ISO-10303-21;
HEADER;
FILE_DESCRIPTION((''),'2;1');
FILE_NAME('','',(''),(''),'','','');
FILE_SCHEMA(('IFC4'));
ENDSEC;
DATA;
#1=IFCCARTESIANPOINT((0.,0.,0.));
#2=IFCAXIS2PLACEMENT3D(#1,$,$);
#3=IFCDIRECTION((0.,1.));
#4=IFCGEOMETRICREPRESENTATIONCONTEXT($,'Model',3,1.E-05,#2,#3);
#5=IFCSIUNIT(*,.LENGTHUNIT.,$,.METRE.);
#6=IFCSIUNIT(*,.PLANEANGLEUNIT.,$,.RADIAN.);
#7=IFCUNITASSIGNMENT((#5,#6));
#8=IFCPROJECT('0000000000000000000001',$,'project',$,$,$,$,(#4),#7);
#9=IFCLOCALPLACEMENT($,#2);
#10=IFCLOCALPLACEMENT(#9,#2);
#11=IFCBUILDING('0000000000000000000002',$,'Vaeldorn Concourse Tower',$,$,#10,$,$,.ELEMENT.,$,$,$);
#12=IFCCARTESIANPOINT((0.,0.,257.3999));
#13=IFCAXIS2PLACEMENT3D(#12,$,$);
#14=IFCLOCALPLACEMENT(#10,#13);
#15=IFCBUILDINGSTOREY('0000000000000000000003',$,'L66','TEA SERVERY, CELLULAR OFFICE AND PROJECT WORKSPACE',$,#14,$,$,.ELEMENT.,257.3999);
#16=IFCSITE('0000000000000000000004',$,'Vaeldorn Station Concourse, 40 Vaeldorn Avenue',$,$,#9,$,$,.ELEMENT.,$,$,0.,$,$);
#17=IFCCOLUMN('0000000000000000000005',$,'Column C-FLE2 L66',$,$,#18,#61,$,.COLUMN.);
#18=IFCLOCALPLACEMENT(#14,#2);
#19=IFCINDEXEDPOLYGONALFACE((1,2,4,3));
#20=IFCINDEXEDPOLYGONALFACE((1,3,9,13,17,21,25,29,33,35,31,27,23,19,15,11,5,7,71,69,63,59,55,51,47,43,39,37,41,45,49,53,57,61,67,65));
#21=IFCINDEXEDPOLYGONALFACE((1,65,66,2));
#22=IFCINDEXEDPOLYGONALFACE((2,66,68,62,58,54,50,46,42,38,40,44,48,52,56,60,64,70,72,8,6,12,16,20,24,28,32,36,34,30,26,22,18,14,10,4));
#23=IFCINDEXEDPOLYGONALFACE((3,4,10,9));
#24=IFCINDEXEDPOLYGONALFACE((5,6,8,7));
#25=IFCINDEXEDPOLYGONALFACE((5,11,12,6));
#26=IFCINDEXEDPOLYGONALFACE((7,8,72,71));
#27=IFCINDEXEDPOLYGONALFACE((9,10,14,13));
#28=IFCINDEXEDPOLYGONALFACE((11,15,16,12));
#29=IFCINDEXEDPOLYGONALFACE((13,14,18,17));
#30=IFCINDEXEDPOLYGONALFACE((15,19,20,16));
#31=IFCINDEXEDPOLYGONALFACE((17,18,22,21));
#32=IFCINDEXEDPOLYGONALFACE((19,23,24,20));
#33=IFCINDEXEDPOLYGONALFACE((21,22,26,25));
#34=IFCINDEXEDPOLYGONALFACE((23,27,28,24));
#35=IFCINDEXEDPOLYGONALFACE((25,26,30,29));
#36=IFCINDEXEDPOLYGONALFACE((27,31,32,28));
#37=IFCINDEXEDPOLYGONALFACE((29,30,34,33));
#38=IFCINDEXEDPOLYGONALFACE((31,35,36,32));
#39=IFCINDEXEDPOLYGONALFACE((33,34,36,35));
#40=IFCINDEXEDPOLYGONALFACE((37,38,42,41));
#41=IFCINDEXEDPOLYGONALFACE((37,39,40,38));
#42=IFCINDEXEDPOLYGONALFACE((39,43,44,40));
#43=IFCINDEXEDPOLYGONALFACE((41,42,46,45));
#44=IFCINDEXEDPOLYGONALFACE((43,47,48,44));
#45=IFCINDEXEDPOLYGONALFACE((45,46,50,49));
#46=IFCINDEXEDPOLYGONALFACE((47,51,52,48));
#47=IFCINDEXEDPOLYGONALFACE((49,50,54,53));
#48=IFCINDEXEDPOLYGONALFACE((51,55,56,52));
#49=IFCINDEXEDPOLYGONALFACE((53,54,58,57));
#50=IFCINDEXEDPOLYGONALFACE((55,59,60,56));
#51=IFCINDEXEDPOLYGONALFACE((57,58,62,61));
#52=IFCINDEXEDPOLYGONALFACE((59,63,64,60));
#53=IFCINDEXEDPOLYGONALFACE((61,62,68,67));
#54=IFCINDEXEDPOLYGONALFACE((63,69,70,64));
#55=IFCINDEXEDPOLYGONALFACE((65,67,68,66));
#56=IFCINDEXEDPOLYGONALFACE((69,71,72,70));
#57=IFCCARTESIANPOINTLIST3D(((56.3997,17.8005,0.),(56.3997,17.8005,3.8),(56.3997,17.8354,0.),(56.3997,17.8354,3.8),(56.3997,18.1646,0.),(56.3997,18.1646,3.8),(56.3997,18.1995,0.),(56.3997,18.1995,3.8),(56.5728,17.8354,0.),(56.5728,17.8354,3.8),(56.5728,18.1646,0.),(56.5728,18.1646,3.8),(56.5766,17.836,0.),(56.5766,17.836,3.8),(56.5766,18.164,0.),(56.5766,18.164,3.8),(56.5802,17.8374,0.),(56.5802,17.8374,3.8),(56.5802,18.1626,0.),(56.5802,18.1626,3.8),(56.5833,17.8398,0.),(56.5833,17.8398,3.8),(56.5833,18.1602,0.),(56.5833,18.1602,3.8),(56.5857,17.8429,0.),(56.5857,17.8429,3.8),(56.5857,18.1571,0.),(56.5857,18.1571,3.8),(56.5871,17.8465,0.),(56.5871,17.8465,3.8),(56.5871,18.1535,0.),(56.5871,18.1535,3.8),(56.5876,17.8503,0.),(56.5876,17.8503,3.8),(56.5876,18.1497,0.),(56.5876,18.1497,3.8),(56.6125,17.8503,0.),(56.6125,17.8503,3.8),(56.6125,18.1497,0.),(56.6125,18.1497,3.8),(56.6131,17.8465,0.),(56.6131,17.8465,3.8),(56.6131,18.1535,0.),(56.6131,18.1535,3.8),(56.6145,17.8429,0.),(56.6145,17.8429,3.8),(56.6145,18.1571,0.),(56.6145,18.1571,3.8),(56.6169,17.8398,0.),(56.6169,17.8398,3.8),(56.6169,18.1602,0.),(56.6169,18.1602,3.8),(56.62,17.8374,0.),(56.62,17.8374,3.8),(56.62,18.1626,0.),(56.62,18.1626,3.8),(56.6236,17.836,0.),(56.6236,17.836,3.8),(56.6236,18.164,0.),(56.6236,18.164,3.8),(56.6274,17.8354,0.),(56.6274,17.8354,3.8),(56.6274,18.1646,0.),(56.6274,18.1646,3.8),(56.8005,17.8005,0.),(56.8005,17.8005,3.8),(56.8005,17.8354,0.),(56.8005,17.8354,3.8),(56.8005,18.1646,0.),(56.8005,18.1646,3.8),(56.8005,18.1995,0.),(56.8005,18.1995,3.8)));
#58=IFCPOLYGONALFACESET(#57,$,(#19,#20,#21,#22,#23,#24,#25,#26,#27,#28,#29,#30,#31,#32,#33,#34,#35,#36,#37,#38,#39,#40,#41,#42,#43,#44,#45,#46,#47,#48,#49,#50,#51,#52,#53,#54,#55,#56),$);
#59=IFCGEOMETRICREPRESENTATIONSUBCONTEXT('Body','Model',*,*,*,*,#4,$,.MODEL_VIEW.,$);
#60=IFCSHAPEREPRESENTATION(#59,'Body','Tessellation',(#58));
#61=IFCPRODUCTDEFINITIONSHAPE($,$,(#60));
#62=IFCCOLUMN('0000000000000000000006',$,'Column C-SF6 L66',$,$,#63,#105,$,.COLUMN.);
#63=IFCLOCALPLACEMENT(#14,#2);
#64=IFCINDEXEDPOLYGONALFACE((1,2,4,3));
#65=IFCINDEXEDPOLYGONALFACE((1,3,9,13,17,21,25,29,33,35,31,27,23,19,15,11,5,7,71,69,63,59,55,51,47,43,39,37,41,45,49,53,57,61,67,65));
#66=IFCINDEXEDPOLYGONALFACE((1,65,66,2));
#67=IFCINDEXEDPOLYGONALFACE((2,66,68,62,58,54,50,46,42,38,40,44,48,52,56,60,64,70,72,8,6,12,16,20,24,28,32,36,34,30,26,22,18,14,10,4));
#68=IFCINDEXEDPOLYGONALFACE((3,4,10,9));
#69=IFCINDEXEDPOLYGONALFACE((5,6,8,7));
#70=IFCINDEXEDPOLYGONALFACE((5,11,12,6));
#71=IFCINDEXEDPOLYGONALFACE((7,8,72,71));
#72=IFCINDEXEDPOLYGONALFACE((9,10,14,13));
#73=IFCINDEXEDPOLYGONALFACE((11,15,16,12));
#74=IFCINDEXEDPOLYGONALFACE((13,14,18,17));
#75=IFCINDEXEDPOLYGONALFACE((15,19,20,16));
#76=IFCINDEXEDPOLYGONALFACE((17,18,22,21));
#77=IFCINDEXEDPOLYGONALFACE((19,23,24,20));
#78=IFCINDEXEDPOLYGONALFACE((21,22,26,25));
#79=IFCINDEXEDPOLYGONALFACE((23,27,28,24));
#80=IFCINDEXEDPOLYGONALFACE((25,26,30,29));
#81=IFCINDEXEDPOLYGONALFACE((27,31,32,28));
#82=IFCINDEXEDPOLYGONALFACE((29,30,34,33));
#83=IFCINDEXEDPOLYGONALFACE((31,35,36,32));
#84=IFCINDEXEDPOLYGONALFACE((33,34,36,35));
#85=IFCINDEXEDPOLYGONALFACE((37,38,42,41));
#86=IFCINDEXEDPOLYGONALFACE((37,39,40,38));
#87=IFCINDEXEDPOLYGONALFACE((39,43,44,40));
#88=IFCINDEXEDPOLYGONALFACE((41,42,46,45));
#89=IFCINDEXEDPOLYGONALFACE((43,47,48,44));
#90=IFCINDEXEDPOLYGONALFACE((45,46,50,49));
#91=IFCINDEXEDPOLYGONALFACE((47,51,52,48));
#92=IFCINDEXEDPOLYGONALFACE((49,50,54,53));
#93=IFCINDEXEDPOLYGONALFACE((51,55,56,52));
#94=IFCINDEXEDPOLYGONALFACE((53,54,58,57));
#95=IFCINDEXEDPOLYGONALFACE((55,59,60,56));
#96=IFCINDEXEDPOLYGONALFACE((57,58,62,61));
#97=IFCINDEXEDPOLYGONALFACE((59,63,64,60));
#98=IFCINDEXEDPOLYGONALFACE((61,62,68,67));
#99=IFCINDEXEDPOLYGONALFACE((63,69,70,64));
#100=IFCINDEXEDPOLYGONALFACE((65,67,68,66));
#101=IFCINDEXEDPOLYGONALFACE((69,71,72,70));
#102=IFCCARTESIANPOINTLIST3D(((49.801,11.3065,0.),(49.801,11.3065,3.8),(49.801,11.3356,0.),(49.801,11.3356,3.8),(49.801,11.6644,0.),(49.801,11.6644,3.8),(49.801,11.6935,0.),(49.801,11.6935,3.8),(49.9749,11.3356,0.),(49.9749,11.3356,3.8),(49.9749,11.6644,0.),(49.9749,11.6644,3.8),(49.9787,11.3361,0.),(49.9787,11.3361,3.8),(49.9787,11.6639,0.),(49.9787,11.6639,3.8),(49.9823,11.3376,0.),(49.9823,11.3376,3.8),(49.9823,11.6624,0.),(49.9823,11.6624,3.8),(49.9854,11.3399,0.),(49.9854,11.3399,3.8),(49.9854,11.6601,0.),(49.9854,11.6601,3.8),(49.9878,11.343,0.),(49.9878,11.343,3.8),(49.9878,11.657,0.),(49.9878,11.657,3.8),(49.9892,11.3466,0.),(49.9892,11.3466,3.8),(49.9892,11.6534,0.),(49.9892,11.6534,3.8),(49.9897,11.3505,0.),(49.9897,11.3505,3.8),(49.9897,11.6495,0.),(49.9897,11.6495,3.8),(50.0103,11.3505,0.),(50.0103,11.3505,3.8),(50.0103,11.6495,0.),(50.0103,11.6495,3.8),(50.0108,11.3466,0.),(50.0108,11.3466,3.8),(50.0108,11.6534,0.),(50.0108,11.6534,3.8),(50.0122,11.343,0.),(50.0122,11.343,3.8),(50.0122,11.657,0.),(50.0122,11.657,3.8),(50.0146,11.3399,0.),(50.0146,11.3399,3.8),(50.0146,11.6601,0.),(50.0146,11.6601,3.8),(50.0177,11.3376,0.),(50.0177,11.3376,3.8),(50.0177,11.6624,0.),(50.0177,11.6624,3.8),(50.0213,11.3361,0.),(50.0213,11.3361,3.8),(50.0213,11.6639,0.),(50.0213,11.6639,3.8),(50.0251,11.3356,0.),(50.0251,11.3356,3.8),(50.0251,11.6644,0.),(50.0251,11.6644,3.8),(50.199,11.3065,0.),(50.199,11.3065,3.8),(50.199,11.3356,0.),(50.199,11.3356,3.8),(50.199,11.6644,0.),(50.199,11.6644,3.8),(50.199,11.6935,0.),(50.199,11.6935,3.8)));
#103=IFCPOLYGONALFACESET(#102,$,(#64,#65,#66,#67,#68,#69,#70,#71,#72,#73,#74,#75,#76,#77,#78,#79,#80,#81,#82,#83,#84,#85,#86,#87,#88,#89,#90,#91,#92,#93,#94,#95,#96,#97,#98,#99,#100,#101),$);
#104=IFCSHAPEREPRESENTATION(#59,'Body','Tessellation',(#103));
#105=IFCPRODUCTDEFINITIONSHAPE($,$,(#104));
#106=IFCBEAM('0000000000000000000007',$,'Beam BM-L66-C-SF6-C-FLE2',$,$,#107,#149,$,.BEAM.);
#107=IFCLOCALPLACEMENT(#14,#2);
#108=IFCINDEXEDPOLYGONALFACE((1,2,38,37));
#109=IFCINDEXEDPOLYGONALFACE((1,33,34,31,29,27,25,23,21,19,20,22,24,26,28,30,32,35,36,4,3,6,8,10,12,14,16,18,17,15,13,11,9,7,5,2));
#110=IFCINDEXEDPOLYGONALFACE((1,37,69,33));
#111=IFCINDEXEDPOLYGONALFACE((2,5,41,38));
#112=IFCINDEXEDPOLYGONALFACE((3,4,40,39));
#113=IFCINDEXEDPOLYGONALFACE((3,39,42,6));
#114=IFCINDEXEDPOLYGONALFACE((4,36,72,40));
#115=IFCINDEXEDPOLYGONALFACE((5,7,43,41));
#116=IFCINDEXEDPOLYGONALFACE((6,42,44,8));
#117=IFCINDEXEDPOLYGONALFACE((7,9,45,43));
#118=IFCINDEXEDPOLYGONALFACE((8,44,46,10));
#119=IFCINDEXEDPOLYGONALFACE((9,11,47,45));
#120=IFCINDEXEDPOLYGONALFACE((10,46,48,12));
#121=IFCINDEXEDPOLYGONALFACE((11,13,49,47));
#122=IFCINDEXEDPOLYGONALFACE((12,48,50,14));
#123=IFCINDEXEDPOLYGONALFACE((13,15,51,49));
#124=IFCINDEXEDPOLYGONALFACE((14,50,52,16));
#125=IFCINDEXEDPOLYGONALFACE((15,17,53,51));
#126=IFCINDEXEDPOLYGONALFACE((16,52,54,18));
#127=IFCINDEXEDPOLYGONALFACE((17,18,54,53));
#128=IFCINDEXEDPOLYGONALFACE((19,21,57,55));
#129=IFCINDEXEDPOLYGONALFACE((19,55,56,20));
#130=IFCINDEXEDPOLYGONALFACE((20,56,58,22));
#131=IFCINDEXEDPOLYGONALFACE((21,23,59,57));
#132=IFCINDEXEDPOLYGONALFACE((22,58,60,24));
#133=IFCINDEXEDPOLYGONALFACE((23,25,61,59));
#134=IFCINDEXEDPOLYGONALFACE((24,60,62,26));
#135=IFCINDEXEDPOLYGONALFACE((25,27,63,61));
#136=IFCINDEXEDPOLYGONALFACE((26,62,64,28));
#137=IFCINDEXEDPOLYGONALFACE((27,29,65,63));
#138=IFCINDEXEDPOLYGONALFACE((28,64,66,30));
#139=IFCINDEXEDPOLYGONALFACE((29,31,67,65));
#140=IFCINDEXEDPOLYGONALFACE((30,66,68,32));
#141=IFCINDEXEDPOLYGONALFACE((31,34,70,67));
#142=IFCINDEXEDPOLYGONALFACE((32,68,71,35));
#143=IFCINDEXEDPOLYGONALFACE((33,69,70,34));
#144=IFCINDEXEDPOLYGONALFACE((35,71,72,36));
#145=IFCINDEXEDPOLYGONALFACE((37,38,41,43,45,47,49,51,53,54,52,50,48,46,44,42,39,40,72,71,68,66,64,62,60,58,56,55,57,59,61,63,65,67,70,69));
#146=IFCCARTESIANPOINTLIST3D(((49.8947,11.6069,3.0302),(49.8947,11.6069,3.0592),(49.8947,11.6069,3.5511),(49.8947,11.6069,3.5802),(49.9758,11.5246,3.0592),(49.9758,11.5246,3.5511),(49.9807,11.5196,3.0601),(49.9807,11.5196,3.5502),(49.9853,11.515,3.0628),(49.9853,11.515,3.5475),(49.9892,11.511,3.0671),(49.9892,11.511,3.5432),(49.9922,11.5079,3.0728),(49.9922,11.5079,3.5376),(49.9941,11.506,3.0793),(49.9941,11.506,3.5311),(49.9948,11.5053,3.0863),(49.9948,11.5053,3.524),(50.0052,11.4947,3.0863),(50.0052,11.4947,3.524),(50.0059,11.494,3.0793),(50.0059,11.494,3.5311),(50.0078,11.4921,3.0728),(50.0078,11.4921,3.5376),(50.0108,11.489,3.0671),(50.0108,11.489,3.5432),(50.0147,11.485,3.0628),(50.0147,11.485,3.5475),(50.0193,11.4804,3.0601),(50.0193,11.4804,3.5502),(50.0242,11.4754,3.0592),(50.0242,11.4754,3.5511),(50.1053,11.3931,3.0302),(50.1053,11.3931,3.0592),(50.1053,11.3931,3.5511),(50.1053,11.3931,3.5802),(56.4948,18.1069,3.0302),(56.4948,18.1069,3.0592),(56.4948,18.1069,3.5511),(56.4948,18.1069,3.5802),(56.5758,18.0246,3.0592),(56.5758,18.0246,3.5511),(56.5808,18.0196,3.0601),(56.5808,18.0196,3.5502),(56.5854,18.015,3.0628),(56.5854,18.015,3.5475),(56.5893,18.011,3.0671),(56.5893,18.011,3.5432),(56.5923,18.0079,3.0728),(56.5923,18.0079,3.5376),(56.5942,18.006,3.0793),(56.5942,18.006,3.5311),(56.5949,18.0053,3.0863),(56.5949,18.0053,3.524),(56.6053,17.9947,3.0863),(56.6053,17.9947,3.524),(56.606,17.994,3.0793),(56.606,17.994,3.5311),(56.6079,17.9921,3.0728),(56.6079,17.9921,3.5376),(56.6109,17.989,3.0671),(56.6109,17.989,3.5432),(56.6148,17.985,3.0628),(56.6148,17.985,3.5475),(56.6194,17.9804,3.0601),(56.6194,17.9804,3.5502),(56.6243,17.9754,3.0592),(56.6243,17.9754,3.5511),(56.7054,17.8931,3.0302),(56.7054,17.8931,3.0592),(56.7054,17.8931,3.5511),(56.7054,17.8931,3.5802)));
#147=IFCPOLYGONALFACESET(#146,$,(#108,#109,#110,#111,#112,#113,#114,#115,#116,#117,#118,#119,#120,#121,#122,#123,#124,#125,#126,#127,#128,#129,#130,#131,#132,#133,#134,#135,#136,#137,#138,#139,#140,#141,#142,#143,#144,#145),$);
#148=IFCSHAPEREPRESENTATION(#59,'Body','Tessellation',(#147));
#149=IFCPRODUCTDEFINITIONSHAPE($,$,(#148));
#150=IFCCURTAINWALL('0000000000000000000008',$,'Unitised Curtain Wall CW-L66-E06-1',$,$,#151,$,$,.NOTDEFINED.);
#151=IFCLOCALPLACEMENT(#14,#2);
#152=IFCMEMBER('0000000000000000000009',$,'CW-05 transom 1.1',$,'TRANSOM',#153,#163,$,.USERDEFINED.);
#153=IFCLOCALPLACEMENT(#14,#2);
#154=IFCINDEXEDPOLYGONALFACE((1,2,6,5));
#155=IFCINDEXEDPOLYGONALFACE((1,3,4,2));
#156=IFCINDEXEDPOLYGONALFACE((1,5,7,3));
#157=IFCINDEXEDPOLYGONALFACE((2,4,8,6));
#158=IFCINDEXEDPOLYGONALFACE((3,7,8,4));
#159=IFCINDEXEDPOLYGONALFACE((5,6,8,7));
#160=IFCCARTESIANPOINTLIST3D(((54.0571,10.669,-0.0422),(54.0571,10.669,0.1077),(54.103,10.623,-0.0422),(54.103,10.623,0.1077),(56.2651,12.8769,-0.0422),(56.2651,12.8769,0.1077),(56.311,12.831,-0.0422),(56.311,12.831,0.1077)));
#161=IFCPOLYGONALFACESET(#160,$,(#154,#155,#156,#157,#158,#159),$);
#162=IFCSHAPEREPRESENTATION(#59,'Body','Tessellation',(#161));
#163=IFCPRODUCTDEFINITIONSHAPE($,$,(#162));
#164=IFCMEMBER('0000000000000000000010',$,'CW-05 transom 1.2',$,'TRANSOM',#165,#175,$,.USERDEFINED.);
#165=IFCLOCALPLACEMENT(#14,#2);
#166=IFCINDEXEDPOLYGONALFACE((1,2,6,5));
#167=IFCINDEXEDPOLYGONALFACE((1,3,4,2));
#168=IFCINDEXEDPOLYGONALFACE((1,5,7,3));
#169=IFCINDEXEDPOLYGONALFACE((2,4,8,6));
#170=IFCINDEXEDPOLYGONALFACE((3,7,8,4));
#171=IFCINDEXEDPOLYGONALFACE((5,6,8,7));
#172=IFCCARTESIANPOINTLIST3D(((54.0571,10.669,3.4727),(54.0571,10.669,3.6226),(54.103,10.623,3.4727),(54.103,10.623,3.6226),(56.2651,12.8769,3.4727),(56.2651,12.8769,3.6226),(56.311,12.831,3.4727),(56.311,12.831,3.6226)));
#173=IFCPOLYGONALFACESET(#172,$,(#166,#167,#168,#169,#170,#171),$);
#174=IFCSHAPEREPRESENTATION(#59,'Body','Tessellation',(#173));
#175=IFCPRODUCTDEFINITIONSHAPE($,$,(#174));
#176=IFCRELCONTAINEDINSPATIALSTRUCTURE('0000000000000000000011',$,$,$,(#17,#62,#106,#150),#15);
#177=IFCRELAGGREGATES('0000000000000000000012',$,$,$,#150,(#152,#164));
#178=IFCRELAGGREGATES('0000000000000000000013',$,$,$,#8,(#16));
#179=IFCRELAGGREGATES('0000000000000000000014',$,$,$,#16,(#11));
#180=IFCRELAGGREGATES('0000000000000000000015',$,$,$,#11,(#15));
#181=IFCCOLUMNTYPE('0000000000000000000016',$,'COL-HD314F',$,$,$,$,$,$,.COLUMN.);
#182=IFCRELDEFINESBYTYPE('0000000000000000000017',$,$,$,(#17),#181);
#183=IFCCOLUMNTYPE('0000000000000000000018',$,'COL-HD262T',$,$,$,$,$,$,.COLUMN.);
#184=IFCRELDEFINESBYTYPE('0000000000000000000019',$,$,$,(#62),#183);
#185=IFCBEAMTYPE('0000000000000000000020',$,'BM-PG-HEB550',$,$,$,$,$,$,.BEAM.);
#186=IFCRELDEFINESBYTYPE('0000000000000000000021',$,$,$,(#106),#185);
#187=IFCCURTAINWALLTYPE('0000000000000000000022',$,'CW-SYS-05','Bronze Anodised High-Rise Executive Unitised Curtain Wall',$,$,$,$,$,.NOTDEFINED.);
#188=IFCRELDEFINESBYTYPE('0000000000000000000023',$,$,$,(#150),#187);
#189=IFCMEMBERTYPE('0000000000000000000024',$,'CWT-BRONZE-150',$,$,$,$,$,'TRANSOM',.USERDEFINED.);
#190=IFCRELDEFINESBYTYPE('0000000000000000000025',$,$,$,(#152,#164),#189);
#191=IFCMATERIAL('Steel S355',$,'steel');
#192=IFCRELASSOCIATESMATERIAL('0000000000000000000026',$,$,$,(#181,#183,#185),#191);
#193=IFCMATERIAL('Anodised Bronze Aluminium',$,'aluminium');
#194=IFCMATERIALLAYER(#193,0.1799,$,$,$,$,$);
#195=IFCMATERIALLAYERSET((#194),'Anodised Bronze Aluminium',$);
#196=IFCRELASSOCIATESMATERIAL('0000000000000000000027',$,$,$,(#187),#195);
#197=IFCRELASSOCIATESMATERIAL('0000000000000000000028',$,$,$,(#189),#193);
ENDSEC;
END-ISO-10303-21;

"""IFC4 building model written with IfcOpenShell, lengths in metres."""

from ifc_helpers import new_model, si_unit, direction, frame, origin, origin_2d, place, context, subcontext, project, spatial, rectangle, i_section, extrude, source, transform, mapped, material, layer, layer_set, material_profile, profile_set, type_object, element, aggregate, save


model = new_model("IFC4")

# Units and contexts
model_context = context("Model", 3, precision=1e-05, world=origin(), true_north=direction((0.0, 1.0)))
body_context = subcontext(model_context, "Body", "Model", "MODEL_VIEW")
ifc_project = project(units=[si_unit("LENGTHUNIT", "METRE"), si_unit("PLANEANGLEUNIT", "RADIAN")], contexts=[model_context])

# Site, building, storey
site_placement = place(None, origin())
site = spatial("IfcSite", under=ifc_project, at=site_placement, Name="Vaeldorn Station Concourse, 40 Vaeldorn Avenue", CompositionType="ELEMENT", RefElevation=0.0)
building_placement = place(site_placement, origin())
building = spatial("IfcBuilding", under=site, at=building_placement, Name="Vaeldorn Concourse Tower", CompositionType="ELEMENT")
storey_placement = place(building_placement, frame((0.0, 0.0, 257.3999)))
storey = spatial("IfcBuildingStorey", under=building, at=storey_placement, Name="L66", Description="TEA SERVERY, CELLULAR OFFICE AND PROJECT WORKSPACE", CompositionType="ELEMENT", Elevation=257.3999)

# Columns
ifc_material_1 = material(Name="Steel S355", Category="steel")
ifc_material_profile_1 = material_profile(ifc_material_1, i_section(OverallWidth=0.4009, OverallDepth=0.3989, WebThickness=0.0249, FlangeThickness=0.0349, FilletRadius=0.0149, at=origin_2d()), Name="HD 400x314")
ifc_profile_set_1 = profile_set([ifc_material_profile_1], Name="Steel S355")
column_type_1 = type_object("IfcColumnType", Name="COL-HD314F", PredefinedType="COLUMN", material=ifc_profile_set_1)
shared_shape_1 = source(origin(), body_context, "Body", "SweptSolid", [
    extrude(i_section(OverallWidth=0.4009, OverallDepth=0.3989, WebThickness=0.0249, FlangeThickness=0.0349, FilletRadius=0.0149, at=origin_2d()), origin(), (0.0, 0.0, 1.0), 3.8),
])
column_1_placement = place(storey_placement, frame((56.6001, 18.0, 0.0), z_axis=(0.0, 0.0, 1.0), x_axis=(1.0, 0.0, 0.0)))
element("IfcColumn", 1, at=column_1_placement, inside=storey, type_object=column_type_1, Name="Column C-FLE2 L66", PredefinedType="COLUMN", context=body_context, shape_type="MappedRepresentation", body=[
    mapped(shared_shape_1, transform((0.0, 0.0, 0.0), scale=1.0)),
])
ifc_material_profile_2 = material_profile(ifc_material_1, i_section(OverallWidth=0.3979, OverallDepth=0.387, WebThickness=0.0205, FlangeThickness=0.0291, FilletRadius=0.0149, at=origin_2d()), Name="HD 400x262")
ifc_profile_set_2 = profile_set([ifc_material_profile_2], Name="Steel S355")
column_type_2 = type_object("IfcColumnType", Name="COL-HD262T", PredefinedType="COLUMN", material=ifc_profile_set_2)
shared_shape_2 = source(origin(), body_context, "Body", "SweptSolid", [
    extrude(i_section(OverallWidth=0.3979, OverallDepth=0.387, WebThickness=0.0205, FlangeThickness=0.0291, FilletRadius=0.0149, at=origin_2d()), origin(), (0.0, 0.0, 1.0), 3.8),
])
column_2_placement = place(storey_placement, frame((50.0, 11.5, 0.0), z_axis=(0.0, 0.0, 1.0), x_axis=(1.0, 0.0, 0.0)))
element("IfcColumn", 2, at=column_2_placement, inside=storey, type_object=column_type_2, Name="Column C-SF6 L66", PredefinedType="COLUMN", context=body_context, shape_type="MappedRepresentation", body=[
    mapped(shared_shape_2, transform((0.0, 0.0, 0.0), scale=1.0)),
])

# Beam
ifc_material_profile_3 = material_profile(ifc_material_1, i_section(OverallWidth=0.3, OverallDepth=0.55, WebThickness=0.0149, FlangeThickness=0.0291, FilletRadius=0.0271, at=origin_2d()), Name="HEB 550")
ifc_profile_set_3 = profile_set([ifc_material_profile_3], Name="Steel S355")
beam_type = type_object("IfcBeamType", Name="BM-PG-HEB550", PredefinedType="BEAM", material=ifc_profile_set_3)
shared_shape_3 = source(origin(), body_context, "Body", "SweptSolid", [
    extrude(i_section(OverallWidth=0.3, OverallDepth=0.55, WebThickness=0.0149, FlangeThickness=0.0291, FilletRadius=0.0271, at=origin_2d()), origin(), (0.0, 0.0, 1.0), 9.2634),
])
beam_placement = place(storey_placement, frame((50.0, 11.5, 3.3052), z_axis=(0.712489, 0.701683, 0.0), x_axis=(-0.701683, 0.712489, 0.0)))
element("IfcBeam", 3, at=beam_placement, inside=storey, type_object=beam_type, Name="Beam BM-L66-C-SF6-C-FLE2", PredefinedType="BEAM", context=body_context, shape_type="MappedRepresentation", body=[
    mapped(shared_shape_3, transform((0.0, 0.0, 0.0), scale=1.0)),
])

# Curtain wall, members
ifc_material_2 = material(Name="Anodised Bronze Aluminium", Category="aluminium")
ifc_layer_1 = layer(ifc_material_2, 0.1799)
ifc_layer_set_1 = layer_set([ifc_layer_1], Name="Anodised Bronze Aluminium")
curtain_wall_type = type_object("IfcCurtainWallType", Name="CW-SYS-05", Description="Bronze Anodised High-Rise Executive Unitised Curtain Wall", PredefinedType="NOTDEFINED", material=ifc_layer_set_1)
curtain_wall_1_placement = place(storey_placement, origin())
curtain_wall_1 = element("IfcCurtainWall", 4, at=curtain_wall_1_placement, inside=storey, type_object=curtain_wall_type, Name="Unitised Curtain Wall CW-L66-E06-1", PredefinedType="NOTDEFINED")
ifc_material_profile_4 = material_profile(ifc_material_2, rectangle(XDim=0.0649, YDim=0.1499, at=origin_2d()), Name="CWT 65x150")
ifc_profile_set_4 = profile_set([ifc_material_profile_4], Name="Anodised Bronze Aluminium")
member_type_1 = type_object("IfcMemberType", Name="CWT-BRONZE-150", ElementType="TRANSOM", PredefinedType="USERDEFINED", material=ifc_profile_set_4)
shared_shape_4 = source(origin(), body_context, "Body", "SweptSolid", [
    extrude(rectangle(XDim=0.0649, YDim=0.1499, at=origin_2d()), origin(), (0.0, 0.0, 1.0), 3.1226),
])
member_1_placement = place(storey_placement, frame((54.0801, 10.646, 0.0327), z_axis=(0.707107, 0.707107, 0.0), x_axis=(-0.707107, 0.707107, 0.0)))
member_1 = element("IfcMember", 5, at=member_1_placement, type_object=member_type_1, Name="CW-05 transom 1.1", ObjectType="TRANSOM", PredefinedType="USERDEFINED", context=body_context, shape_type="MappedRepresentation", body=[
    mapped(shared_shape_4, transform((0.0, 0.0, 0.0), scale=1.0)),
])
member_2_placement = place(storey_placement, frame((54.0801, 10.646, 3.5476), z_axis=(0.707107, 0.707107, 0.0), x_axis=(-0.707107, 0.707107, 0.0)))
member_2 = element("IfcMember", 6, at=member_2_placement, type_object=member_type_1, Name="CW-05 transom 1.2", ObjectType="TRANSOM", PredefinedType="USERDEFINED", context=body_context, shape_type="MappedRepresentation", body=[
    mapped(shared_shape_4, transform((0.0, 0.0, 0.0), scale=1.0)),
])

aggregate(curtain_wall_1, [member_1, member_2])

save(model, "model.ifc")
